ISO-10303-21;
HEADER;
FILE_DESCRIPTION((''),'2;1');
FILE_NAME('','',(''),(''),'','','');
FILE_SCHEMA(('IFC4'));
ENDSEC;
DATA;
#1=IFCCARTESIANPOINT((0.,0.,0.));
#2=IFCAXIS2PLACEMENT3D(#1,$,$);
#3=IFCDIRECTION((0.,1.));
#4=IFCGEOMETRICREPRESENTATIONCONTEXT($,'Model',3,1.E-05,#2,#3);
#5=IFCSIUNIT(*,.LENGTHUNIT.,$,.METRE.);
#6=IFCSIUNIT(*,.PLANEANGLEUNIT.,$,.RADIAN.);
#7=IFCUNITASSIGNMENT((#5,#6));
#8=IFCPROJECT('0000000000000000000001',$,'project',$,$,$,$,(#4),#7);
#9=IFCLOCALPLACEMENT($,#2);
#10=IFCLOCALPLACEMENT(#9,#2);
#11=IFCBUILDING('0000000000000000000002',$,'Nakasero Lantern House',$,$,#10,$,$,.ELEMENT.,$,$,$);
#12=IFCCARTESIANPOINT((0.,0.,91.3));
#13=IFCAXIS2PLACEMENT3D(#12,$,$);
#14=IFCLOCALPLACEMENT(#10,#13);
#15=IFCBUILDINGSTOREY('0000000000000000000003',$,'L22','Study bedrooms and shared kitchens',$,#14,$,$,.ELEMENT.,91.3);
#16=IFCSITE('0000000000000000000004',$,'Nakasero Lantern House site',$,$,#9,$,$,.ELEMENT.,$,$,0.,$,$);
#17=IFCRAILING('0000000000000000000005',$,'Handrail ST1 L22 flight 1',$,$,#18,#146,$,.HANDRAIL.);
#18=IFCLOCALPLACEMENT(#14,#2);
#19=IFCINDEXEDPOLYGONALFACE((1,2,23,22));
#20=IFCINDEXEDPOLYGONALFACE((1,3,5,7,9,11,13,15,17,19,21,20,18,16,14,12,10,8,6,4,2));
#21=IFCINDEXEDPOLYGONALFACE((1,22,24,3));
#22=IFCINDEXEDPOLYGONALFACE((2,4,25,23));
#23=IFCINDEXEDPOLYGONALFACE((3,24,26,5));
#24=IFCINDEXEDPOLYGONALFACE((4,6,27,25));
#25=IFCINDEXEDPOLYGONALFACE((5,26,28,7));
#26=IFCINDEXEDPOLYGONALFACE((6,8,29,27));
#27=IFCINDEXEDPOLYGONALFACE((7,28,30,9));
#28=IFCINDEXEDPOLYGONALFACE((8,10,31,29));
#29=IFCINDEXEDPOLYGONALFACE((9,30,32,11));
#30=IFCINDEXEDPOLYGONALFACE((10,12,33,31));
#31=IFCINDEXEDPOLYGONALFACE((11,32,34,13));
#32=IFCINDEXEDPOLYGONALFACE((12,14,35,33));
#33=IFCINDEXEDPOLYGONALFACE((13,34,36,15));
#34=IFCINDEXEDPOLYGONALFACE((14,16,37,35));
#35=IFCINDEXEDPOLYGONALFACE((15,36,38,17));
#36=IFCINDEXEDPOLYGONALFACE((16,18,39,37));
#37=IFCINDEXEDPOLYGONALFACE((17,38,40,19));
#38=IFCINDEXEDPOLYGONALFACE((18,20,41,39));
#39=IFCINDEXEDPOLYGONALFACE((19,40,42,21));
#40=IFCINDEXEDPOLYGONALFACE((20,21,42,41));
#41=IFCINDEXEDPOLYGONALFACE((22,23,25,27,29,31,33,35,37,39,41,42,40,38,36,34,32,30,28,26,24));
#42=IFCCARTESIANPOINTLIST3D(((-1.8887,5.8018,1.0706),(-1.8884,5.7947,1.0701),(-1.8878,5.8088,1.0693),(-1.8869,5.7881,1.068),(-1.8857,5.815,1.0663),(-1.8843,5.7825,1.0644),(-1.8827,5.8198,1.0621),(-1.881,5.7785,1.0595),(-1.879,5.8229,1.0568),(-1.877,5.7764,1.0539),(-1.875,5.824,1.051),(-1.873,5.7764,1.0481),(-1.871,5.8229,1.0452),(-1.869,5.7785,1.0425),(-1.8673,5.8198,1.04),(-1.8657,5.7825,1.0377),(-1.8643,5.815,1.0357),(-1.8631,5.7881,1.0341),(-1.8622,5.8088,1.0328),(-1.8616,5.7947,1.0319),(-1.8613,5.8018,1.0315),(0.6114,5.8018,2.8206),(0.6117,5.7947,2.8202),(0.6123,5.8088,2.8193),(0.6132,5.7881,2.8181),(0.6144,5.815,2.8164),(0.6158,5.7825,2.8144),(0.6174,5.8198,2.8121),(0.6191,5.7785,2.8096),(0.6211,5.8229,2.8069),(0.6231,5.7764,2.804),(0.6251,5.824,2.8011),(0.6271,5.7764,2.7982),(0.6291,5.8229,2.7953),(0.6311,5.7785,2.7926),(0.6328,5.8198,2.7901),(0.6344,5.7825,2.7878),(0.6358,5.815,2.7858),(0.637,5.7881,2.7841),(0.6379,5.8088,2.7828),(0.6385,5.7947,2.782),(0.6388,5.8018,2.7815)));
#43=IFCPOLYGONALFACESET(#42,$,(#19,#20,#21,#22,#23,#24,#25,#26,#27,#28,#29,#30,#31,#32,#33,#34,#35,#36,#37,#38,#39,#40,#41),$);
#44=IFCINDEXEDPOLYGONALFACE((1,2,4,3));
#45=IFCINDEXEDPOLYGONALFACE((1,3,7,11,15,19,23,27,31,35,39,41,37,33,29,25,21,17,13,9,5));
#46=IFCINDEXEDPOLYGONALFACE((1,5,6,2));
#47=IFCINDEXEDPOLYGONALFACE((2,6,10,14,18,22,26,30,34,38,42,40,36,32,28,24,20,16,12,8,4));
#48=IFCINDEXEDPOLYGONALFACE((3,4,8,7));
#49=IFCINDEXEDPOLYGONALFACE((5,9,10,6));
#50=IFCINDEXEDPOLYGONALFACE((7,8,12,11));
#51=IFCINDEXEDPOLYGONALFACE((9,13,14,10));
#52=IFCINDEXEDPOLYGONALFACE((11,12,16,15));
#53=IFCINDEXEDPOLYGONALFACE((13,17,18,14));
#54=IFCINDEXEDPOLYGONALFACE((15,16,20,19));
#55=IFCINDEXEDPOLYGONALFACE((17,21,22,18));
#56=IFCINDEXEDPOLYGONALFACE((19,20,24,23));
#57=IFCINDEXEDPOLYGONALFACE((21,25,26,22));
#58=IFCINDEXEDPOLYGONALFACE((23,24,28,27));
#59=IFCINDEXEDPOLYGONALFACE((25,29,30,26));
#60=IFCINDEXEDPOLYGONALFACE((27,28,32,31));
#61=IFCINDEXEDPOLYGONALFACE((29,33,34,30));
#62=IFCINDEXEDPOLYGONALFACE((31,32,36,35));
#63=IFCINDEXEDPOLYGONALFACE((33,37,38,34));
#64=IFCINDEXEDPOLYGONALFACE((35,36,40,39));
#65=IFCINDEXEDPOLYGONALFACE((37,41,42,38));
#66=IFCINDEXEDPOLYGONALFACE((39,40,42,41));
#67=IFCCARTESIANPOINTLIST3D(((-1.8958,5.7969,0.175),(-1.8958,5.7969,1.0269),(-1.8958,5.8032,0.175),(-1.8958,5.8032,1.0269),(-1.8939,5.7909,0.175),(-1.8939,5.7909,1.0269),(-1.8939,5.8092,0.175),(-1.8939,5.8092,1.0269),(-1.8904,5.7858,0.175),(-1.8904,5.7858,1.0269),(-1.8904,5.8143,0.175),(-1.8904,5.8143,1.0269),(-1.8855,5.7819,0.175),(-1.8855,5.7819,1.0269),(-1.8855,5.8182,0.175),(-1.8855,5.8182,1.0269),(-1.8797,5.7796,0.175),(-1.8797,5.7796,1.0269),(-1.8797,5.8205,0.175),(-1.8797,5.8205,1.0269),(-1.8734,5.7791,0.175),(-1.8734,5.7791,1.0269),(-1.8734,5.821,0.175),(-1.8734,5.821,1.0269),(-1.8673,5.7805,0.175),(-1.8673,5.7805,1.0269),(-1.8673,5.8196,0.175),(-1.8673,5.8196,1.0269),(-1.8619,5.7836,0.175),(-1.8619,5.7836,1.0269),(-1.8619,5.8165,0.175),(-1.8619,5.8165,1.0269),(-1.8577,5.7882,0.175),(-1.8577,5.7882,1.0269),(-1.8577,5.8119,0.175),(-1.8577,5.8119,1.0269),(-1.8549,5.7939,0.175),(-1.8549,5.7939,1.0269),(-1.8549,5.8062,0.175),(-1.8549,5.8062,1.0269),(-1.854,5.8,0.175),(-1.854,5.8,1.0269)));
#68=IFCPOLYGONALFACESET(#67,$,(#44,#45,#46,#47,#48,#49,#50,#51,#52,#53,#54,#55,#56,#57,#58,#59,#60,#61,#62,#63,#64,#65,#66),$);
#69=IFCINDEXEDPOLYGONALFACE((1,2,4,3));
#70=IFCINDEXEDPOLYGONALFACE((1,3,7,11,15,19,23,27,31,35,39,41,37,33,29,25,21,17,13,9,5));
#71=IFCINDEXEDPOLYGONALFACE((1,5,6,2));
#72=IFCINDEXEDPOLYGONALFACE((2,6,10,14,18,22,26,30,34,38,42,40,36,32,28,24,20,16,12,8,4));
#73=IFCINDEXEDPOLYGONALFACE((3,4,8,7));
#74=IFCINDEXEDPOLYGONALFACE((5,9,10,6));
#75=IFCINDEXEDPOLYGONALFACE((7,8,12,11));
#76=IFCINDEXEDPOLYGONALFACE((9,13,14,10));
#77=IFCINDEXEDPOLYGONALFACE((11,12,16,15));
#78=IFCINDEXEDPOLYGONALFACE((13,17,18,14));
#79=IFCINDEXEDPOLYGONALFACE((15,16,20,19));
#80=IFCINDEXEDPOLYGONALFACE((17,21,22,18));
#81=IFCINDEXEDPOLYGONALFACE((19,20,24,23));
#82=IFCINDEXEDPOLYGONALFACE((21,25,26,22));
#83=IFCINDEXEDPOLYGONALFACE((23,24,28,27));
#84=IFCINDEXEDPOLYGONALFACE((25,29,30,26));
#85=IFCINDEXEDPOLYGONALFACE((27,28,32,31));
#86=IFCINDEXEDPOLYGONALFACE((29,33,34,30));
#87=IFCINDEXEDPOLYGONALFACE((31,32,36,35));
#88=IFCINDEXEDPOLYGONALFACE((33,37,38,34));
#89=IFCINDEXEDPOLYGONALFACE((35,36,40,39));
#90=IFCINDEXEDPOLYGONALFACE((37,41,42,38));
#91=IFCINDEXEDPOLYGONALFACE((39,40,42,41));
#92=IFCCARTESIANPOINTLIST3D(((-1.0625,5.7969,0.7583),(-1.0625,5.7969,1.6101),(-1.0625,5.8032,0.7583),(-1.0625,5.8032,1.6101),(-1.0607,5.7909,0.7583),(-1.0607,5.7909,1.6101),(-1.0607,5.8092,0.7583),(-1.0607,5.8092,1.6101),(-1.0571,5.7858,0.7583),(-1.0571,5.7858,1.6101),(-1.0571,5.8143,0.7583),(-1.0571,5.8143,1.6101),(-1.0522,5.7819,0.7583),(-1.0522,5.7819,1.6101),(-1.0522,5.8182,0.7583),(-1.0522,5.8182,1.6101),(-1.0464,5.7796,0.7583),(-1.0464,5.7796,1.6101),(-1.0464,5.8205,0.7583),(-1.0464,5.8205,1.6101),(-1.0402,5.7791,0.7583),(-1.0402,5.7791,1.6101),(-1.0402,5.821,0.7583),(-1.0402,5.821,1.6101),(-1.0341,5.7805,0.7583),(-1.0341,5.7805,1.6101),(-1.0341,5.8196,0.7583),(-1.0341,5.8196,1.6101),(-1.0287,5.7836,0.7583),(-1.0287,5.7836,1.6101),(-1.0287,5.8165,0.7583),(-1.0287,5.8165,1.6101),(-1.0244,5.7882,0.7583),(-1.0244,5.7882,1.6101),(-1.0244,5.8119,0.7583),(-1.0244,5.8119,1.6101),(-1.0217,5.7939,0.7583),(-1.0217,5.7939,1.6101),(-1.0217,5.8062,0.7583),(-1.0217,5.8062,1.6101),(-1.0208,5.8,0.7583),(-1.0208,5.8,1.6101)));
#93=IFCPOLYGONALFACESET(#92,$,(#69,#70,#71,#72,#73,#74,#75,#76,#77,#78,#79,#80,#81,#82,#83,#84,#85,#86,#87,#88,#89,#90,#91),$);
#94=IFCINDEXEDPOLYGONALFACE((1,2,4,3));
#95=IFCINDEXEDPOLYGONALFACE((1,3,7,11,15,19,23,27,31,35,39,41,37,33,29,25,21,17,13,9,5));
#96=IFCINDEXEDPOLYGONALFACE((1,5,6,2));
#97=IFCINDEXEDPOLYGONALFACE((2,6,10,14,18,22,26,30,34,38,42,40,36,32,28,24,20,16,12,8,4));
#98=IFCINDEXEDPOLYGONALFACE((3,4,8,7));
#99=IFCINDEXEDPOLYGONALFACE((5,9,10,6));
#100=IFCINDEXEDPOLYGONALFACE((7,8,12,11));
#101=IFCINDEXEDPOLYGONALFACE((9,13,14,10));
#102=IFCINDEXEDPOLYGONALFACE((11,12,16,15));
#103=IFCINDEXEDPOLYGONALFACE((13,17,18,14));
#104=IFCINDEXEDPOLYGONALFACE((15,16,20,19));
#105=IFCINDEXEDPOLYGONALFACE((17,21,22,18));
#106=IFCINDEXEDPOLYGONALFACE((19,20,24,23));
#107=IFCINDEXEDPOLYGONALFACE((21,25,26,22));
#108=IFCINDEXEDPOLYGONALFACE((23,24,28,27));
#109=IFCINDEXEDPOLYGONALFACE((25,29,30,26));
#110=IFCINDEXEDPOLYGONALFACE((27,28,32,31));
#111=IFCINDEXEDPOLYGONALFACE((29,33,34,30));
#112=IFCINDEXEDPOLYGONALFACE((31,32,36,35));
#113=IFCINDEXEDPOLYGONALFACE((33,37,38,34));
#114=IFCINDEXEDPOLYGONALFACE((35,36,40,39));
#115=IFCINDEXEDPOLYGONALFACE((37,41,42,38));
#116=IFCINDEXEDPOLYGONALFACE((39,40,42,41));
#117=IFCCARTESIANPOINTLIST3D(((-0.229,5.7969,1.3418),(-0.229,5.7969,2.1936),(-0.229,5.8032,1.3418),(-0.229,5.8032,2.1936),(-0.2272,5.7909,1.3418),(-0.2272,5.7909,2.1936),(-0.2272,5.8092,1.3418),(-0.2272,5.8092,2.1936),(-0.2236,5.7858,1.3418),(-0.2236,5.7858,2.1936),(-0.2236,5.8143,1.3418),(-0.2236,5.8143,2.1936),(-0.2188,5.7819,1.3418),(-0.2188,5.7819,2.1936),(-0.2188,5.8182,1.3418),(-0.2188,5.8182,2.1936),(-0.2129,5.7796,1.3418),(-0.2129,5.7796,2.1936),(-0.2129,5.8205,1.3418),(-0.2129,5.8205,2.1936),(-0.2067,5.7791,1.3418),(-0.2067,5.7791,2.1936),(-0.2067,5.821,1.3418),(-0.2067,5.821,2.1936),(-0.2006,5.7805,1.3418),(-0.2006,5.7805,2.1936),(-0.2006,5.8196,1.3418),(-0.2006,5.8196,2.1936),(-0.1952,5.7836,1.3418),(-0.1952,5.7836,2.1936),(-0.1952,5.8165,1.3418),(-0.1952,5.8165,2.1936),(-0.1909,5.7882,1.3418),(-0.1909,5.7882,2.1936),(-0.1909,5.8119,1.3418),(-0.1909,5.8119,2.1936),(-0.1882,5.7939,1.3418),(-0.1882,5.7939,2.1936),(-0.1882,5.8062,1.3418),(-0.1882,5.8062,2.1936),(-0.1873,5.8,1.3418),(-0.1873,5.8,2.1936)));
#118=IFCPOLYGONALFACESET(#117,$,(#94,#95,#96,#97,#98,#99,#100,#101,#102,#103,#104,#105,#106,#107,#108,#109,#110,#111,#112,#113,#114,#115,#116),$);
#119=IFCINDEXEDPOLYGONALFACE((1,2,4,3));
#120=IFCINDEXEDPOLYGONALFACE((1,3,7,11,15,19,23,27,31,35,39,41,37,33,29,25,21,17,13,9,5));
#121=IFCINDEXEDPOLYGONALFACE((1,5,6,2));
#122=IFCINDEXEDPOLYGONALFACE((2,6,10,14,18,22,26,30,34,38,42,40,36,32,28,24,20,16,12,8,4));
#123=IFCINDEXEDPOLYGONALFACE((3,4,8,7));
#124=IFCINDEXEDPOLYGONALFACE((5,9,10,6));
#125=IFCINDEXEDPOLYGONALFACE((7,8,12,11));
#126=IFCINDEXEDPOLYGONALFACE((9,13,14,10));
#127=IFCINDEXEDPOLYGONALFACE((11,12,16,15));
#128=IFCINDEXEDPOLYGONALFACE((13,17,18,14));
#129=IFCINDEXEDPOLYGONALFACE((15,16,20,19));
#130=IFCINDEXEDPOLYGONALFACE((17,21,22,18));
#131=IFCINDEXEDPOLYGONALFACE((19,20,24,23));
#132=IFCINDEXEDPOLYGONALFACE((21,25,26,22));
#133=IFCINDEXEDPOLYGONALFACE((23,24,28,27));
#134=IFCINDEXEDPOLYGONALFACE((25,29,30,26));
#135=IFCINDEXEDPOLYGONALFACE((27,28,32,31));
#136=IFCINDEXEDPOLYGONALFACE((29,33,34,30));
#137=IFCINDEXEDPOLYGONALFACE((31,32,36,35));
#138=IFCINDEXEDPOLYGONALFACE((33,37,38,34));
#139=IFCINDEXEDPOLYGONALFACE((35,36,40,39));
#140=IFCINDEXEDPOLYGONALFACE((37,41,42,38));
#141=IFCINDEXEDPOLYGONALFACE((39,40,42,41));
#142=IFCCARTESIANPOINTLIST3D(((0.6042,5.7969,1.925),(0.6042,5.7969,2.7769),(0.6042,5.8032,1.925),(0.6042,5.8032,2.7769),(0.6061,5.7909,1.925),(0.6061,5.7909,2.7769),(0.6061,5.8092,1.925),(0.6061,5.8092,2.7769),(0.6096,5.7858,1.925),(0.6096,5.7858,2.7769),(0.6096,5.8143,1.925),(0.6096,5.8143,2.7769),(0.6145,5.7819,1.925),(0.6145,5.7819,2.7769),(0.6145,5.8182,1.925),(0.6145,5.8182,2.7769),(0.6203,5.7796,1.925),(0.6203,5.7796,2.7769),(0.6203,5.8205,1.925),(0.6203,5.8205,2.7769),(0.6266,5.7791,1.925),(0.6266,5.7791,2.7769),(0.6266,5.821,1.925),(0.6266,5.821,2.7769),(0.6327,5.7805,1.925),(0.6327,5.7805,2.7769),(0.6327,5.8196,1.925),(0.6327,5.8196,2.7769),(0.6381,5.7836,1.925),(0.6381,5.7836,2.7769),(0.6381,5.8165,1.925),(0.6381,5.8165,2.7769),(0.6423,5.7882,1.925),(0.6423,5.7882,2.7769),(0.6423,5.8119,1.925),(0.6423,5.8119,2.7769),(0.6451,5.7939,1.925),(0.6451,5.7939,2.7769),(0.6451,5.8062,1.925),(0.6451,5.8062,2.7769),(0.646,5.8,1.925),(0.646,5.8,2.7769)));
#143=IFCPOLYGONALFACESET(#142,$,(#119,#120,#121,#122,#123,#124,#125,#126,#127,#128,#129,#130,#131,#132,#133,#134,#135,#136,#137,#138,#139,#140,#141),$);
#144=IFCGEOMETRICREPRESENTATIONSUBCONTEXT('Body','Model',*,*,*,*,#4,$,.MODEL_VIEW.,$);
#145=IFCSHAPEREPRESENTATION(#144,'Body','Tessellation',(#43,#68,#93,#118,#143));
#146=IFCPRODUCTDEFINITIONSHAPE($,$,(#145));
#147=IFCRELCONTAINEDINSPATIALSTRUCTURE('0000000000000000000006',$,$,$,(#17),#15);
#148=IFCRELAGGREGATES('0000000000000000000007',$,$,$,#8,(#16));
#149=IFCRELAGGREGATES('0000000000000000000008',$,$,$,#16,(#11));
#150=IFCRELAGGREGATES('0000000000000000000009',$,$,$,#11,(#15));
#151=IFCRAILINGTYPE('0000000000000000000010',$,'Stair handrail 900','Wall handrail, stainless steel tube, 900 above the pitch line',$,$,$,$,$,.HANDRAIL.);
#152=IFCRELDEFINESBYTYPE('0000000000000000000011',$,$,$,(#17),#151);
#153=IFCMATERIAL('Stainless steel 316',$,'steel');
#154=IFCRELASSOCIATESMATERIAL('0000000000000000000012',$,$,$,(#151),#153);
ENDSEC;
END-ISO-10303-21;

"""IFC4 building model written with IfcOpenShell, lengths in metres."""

from ifc_helpers import new_model, si_unit, direction, frame, origin, origin_2d, place, context, subcontext, project, spatial, circle, extrude, material, type_object, element, save


model = new_model("IFC4")

# Units and contexts
model_context = context("Model", 3, precision=1e-05, world=origin(), true_north=direction((0.0, 1.0)))
body_context = subcontext(model_context, "Body", "Model", "MODEL_VIEW")
ifc_project = project(units=[si_unit("LENGTHUNIT", "METRE"), si_unit("PLANEANGLEUNIT", "RADIAN")], contexts=[model_context])

# Site, building, storey
site_placement = place(None, origin())
site = spatial("IfcSite", under=ifc_project, at=site_placement, Name="Nakasero Lantern House site", CompositionType="ELEMENT", RefElevation=0.0)
building_placement = place(site_placement, origin())
building = spatial("IfcBuilding", under=site, at=building_placement, Name="Nakasero Lantern House", CompositionType="ELEMENT")
storey_placement = place(building_placement, frame((0.0, 0.0, 91.3)))
storey = spatial("IfcBuildingStorey", under=building, at=storey_placement, Name="L22", Description="Study bedrooms and shared kitchens", CompositionType="ELEMENT", Elevation=91.3)

# Railing
ifc_material_1 = material(Name="Stainless steel 316", Category="steel")
railing_type = type_object("IfcRailingType", Name="Stair handrail 900", Description="Wall handrail, stainless steel tube, 900 above the pitch line", PredefinedType="HANDRAIL", material=ifc_material_1)
railing_placement = place(storey_placement, frame((-1.875, 5.8, 0.175)))
element("IfcRailing", 1, at=railing_placement, inside=storey, type_object=railing_type, Name="Handrail ST1 L22 flight 1", PredefinedType="HANDRAIL", context=body_context, shape_type="SweptSolid", body=[
    extrude(circle(Radius=0.0239, at=origin_2d()), frame((0.0, 0.0, 0.876), z_axis=(0.819232, 0.0, 0.573462), x_axis=(0.0, 1.0, 0.0)), (0.0, 0.0, 1.0), 3.0518),
    extrude(circle(Radius=0.021, at=origin_2d()), origin(), (0.0, 0.0, 1.0), 0.8518),
    extrude(circle(Radius=0.021, at=origin_2d()), frame((0.8333, 0.0, 0.5833)), (0.0, 0.0, 1.0), 0.8518),
    extrude(circle(Radius=0.021, at=origin_2d()), frame((1.6667, 0.0, 1.1667)), (0.0, 0.0, 1.0), 0.8518),
    extrude(circle(Radius=0.021, at=origin_2d()), frame((2.5, 0.0, 1.75)), (0.0, 0.0, 1.0), 0.8518),
])

save(model, "model.ifc")
